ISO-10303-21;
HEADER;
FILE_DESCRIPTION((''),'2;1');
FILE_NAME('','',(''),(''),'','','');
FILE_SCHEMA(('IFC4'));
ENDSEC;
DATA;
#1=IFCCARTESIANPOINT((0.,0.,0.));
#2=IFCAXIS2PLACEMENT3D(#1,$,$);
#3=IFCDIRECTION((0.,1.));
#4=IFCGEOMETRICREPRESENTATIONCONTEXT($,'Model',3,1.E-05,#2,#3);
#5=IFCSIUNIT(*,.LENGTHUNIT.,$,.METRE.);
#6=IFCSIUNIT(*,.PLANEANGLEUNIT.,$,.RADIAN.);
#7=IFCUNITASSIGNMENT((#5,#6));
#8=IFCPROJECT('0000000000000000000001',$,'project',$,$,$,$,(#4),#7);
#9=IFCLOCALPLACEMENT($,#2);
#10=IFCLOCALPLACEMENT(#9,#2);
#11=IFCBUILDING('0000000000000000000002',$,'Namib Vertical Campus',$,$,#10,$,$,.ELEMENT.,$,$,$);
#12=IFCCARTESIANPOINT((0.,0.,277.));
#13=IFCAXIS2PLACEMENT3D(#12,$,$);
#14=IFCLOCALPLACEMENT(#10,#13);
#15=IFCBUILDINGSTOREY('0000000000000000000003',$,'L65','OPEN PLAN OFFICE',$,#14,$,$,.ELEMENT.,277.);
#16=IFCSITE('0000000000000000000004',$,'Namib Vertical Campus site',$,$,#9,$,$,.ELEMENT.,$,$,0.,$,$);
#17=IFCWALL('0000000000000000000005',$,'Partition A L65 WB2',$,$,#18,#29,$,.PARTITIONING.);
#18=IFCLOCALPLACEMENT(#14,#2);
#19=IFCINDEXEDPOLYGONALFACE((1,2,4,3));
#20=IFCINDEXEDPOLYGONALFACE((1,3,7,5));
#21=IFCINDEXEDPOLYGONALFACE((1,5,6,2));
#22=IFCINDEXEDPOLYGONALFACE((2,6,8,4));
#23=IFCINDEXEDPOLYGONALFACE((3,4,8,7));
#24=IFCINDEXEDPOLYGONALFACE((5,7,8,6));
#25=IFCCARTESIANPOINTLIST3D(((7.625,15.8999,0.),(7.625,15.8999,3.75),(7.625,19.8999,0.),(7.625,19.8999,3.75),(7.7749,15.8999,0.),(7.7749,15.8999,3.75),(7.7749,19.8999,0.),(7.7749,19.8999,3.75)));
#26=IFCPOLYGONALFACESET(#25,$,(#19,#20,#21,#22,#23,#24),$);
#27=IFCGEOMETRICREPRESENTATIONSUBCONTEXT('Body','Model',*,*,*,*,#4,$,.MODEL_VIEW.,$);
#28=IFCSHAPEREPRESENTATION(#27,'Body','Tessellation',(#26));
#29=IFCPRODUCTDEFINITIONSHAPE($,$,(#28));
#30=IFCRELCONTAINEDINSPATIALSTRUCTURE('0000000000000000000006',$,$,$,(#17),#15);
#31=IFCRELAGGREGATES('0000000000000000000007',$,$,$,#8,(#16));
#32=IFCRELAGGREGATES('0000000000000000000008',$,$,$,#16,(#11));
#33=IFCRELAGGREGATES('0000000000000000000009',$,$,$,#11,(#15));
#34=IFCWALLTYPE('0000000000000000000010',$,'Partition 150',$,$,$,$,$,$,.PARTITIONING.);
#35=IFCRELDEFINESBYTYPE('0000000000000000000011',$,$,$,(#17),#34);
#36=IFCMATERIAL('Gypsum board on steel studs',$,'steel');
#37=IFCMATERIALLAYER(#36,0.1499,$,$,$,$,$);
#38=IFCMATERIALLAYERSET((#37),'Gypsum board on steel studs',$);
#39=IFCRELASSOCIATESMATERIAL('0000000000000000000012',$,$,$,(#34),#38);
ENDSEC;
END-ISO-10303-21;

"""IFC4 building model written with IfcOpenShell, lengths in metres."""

from ifc_helpers import new_model, si_unit, direction, frame, frame_2d, origin, place, context, subcontext, project, spatial, rectangle, extrude, material, layer, layer_set, type_object, element, save


model = new_model("IFC4")

# Units and contexts
model_context = context("Model", 3, precision=1e-05, world=origin(), true_north=direction((0.0, 1.0)))
body_context = subcontext(model_context, "Body", "Model", "MODEL_VIEW")
ifc_project = project(units=[si_unit("LENGTHUNIT", "METRE"), si_unit("PLANEANGLEUNIT", "RADIAN")], contexts=[model_context])

# Site, building, storey
site_placement = place(None, origin())
site = spatial("IfcSite", under=ifc_project, at=site_placement, Name="Namib Vertical Campus site", CompositionType="ELEMENT", RefElevation=0.0)
building_placement = place(site_placement, origin())
building = spatial("IfcBuilding", under=site, at=building_placement, Name="Namib Vertical Campus", CompositionType="ELEMENT")
storey_placement = place(building_placement, frame((0.0, 0.0, 277.0)))
storey = spatial("IfcBuildingStorey", under=building, at=storey_placement, Name="L65", Description="OPEN PLAN OFFICE", CompositionType="ELEMENT", Elevation=277.0)

# Wall
ifc_material_1 = material(Name="Gypsum board on steel studs", Category="steel")
ifc_layer_1 = layer(ifc_material_1, 0.1499)
ifc_layer_set_1 = layer_set([ifc_layer_1], Name="Gypsum board on steel studs")
wall_type_1 = type_object("IfcWallType", Name="Partition 150", PredefinedType="PARTITIONING", material=ifc_layer_set_1)
wall_1_placement = place(storey_placement, frame((7.7, 15.8999, 0.0), z_axis=(0.0, 0.0, 1.0), x_axis=(0.0, 1.0, 0.0)))
element("IfcWall", 1, at=wall_1_placement, inside=storey, type_object=wall_type_1, Name="Partition A L65 WB2", PredefinedType="PARTITIONING", context=body_context, shape_type="SweptSolid", body=[
    extrude(rectangle(XDim=4.0, YDim=0.1499, at=frame_2d((2.0, 0.0))), origin(), (0.0, 0.0, 1.0), 3.75),
])

save(model, "model.ifc")
